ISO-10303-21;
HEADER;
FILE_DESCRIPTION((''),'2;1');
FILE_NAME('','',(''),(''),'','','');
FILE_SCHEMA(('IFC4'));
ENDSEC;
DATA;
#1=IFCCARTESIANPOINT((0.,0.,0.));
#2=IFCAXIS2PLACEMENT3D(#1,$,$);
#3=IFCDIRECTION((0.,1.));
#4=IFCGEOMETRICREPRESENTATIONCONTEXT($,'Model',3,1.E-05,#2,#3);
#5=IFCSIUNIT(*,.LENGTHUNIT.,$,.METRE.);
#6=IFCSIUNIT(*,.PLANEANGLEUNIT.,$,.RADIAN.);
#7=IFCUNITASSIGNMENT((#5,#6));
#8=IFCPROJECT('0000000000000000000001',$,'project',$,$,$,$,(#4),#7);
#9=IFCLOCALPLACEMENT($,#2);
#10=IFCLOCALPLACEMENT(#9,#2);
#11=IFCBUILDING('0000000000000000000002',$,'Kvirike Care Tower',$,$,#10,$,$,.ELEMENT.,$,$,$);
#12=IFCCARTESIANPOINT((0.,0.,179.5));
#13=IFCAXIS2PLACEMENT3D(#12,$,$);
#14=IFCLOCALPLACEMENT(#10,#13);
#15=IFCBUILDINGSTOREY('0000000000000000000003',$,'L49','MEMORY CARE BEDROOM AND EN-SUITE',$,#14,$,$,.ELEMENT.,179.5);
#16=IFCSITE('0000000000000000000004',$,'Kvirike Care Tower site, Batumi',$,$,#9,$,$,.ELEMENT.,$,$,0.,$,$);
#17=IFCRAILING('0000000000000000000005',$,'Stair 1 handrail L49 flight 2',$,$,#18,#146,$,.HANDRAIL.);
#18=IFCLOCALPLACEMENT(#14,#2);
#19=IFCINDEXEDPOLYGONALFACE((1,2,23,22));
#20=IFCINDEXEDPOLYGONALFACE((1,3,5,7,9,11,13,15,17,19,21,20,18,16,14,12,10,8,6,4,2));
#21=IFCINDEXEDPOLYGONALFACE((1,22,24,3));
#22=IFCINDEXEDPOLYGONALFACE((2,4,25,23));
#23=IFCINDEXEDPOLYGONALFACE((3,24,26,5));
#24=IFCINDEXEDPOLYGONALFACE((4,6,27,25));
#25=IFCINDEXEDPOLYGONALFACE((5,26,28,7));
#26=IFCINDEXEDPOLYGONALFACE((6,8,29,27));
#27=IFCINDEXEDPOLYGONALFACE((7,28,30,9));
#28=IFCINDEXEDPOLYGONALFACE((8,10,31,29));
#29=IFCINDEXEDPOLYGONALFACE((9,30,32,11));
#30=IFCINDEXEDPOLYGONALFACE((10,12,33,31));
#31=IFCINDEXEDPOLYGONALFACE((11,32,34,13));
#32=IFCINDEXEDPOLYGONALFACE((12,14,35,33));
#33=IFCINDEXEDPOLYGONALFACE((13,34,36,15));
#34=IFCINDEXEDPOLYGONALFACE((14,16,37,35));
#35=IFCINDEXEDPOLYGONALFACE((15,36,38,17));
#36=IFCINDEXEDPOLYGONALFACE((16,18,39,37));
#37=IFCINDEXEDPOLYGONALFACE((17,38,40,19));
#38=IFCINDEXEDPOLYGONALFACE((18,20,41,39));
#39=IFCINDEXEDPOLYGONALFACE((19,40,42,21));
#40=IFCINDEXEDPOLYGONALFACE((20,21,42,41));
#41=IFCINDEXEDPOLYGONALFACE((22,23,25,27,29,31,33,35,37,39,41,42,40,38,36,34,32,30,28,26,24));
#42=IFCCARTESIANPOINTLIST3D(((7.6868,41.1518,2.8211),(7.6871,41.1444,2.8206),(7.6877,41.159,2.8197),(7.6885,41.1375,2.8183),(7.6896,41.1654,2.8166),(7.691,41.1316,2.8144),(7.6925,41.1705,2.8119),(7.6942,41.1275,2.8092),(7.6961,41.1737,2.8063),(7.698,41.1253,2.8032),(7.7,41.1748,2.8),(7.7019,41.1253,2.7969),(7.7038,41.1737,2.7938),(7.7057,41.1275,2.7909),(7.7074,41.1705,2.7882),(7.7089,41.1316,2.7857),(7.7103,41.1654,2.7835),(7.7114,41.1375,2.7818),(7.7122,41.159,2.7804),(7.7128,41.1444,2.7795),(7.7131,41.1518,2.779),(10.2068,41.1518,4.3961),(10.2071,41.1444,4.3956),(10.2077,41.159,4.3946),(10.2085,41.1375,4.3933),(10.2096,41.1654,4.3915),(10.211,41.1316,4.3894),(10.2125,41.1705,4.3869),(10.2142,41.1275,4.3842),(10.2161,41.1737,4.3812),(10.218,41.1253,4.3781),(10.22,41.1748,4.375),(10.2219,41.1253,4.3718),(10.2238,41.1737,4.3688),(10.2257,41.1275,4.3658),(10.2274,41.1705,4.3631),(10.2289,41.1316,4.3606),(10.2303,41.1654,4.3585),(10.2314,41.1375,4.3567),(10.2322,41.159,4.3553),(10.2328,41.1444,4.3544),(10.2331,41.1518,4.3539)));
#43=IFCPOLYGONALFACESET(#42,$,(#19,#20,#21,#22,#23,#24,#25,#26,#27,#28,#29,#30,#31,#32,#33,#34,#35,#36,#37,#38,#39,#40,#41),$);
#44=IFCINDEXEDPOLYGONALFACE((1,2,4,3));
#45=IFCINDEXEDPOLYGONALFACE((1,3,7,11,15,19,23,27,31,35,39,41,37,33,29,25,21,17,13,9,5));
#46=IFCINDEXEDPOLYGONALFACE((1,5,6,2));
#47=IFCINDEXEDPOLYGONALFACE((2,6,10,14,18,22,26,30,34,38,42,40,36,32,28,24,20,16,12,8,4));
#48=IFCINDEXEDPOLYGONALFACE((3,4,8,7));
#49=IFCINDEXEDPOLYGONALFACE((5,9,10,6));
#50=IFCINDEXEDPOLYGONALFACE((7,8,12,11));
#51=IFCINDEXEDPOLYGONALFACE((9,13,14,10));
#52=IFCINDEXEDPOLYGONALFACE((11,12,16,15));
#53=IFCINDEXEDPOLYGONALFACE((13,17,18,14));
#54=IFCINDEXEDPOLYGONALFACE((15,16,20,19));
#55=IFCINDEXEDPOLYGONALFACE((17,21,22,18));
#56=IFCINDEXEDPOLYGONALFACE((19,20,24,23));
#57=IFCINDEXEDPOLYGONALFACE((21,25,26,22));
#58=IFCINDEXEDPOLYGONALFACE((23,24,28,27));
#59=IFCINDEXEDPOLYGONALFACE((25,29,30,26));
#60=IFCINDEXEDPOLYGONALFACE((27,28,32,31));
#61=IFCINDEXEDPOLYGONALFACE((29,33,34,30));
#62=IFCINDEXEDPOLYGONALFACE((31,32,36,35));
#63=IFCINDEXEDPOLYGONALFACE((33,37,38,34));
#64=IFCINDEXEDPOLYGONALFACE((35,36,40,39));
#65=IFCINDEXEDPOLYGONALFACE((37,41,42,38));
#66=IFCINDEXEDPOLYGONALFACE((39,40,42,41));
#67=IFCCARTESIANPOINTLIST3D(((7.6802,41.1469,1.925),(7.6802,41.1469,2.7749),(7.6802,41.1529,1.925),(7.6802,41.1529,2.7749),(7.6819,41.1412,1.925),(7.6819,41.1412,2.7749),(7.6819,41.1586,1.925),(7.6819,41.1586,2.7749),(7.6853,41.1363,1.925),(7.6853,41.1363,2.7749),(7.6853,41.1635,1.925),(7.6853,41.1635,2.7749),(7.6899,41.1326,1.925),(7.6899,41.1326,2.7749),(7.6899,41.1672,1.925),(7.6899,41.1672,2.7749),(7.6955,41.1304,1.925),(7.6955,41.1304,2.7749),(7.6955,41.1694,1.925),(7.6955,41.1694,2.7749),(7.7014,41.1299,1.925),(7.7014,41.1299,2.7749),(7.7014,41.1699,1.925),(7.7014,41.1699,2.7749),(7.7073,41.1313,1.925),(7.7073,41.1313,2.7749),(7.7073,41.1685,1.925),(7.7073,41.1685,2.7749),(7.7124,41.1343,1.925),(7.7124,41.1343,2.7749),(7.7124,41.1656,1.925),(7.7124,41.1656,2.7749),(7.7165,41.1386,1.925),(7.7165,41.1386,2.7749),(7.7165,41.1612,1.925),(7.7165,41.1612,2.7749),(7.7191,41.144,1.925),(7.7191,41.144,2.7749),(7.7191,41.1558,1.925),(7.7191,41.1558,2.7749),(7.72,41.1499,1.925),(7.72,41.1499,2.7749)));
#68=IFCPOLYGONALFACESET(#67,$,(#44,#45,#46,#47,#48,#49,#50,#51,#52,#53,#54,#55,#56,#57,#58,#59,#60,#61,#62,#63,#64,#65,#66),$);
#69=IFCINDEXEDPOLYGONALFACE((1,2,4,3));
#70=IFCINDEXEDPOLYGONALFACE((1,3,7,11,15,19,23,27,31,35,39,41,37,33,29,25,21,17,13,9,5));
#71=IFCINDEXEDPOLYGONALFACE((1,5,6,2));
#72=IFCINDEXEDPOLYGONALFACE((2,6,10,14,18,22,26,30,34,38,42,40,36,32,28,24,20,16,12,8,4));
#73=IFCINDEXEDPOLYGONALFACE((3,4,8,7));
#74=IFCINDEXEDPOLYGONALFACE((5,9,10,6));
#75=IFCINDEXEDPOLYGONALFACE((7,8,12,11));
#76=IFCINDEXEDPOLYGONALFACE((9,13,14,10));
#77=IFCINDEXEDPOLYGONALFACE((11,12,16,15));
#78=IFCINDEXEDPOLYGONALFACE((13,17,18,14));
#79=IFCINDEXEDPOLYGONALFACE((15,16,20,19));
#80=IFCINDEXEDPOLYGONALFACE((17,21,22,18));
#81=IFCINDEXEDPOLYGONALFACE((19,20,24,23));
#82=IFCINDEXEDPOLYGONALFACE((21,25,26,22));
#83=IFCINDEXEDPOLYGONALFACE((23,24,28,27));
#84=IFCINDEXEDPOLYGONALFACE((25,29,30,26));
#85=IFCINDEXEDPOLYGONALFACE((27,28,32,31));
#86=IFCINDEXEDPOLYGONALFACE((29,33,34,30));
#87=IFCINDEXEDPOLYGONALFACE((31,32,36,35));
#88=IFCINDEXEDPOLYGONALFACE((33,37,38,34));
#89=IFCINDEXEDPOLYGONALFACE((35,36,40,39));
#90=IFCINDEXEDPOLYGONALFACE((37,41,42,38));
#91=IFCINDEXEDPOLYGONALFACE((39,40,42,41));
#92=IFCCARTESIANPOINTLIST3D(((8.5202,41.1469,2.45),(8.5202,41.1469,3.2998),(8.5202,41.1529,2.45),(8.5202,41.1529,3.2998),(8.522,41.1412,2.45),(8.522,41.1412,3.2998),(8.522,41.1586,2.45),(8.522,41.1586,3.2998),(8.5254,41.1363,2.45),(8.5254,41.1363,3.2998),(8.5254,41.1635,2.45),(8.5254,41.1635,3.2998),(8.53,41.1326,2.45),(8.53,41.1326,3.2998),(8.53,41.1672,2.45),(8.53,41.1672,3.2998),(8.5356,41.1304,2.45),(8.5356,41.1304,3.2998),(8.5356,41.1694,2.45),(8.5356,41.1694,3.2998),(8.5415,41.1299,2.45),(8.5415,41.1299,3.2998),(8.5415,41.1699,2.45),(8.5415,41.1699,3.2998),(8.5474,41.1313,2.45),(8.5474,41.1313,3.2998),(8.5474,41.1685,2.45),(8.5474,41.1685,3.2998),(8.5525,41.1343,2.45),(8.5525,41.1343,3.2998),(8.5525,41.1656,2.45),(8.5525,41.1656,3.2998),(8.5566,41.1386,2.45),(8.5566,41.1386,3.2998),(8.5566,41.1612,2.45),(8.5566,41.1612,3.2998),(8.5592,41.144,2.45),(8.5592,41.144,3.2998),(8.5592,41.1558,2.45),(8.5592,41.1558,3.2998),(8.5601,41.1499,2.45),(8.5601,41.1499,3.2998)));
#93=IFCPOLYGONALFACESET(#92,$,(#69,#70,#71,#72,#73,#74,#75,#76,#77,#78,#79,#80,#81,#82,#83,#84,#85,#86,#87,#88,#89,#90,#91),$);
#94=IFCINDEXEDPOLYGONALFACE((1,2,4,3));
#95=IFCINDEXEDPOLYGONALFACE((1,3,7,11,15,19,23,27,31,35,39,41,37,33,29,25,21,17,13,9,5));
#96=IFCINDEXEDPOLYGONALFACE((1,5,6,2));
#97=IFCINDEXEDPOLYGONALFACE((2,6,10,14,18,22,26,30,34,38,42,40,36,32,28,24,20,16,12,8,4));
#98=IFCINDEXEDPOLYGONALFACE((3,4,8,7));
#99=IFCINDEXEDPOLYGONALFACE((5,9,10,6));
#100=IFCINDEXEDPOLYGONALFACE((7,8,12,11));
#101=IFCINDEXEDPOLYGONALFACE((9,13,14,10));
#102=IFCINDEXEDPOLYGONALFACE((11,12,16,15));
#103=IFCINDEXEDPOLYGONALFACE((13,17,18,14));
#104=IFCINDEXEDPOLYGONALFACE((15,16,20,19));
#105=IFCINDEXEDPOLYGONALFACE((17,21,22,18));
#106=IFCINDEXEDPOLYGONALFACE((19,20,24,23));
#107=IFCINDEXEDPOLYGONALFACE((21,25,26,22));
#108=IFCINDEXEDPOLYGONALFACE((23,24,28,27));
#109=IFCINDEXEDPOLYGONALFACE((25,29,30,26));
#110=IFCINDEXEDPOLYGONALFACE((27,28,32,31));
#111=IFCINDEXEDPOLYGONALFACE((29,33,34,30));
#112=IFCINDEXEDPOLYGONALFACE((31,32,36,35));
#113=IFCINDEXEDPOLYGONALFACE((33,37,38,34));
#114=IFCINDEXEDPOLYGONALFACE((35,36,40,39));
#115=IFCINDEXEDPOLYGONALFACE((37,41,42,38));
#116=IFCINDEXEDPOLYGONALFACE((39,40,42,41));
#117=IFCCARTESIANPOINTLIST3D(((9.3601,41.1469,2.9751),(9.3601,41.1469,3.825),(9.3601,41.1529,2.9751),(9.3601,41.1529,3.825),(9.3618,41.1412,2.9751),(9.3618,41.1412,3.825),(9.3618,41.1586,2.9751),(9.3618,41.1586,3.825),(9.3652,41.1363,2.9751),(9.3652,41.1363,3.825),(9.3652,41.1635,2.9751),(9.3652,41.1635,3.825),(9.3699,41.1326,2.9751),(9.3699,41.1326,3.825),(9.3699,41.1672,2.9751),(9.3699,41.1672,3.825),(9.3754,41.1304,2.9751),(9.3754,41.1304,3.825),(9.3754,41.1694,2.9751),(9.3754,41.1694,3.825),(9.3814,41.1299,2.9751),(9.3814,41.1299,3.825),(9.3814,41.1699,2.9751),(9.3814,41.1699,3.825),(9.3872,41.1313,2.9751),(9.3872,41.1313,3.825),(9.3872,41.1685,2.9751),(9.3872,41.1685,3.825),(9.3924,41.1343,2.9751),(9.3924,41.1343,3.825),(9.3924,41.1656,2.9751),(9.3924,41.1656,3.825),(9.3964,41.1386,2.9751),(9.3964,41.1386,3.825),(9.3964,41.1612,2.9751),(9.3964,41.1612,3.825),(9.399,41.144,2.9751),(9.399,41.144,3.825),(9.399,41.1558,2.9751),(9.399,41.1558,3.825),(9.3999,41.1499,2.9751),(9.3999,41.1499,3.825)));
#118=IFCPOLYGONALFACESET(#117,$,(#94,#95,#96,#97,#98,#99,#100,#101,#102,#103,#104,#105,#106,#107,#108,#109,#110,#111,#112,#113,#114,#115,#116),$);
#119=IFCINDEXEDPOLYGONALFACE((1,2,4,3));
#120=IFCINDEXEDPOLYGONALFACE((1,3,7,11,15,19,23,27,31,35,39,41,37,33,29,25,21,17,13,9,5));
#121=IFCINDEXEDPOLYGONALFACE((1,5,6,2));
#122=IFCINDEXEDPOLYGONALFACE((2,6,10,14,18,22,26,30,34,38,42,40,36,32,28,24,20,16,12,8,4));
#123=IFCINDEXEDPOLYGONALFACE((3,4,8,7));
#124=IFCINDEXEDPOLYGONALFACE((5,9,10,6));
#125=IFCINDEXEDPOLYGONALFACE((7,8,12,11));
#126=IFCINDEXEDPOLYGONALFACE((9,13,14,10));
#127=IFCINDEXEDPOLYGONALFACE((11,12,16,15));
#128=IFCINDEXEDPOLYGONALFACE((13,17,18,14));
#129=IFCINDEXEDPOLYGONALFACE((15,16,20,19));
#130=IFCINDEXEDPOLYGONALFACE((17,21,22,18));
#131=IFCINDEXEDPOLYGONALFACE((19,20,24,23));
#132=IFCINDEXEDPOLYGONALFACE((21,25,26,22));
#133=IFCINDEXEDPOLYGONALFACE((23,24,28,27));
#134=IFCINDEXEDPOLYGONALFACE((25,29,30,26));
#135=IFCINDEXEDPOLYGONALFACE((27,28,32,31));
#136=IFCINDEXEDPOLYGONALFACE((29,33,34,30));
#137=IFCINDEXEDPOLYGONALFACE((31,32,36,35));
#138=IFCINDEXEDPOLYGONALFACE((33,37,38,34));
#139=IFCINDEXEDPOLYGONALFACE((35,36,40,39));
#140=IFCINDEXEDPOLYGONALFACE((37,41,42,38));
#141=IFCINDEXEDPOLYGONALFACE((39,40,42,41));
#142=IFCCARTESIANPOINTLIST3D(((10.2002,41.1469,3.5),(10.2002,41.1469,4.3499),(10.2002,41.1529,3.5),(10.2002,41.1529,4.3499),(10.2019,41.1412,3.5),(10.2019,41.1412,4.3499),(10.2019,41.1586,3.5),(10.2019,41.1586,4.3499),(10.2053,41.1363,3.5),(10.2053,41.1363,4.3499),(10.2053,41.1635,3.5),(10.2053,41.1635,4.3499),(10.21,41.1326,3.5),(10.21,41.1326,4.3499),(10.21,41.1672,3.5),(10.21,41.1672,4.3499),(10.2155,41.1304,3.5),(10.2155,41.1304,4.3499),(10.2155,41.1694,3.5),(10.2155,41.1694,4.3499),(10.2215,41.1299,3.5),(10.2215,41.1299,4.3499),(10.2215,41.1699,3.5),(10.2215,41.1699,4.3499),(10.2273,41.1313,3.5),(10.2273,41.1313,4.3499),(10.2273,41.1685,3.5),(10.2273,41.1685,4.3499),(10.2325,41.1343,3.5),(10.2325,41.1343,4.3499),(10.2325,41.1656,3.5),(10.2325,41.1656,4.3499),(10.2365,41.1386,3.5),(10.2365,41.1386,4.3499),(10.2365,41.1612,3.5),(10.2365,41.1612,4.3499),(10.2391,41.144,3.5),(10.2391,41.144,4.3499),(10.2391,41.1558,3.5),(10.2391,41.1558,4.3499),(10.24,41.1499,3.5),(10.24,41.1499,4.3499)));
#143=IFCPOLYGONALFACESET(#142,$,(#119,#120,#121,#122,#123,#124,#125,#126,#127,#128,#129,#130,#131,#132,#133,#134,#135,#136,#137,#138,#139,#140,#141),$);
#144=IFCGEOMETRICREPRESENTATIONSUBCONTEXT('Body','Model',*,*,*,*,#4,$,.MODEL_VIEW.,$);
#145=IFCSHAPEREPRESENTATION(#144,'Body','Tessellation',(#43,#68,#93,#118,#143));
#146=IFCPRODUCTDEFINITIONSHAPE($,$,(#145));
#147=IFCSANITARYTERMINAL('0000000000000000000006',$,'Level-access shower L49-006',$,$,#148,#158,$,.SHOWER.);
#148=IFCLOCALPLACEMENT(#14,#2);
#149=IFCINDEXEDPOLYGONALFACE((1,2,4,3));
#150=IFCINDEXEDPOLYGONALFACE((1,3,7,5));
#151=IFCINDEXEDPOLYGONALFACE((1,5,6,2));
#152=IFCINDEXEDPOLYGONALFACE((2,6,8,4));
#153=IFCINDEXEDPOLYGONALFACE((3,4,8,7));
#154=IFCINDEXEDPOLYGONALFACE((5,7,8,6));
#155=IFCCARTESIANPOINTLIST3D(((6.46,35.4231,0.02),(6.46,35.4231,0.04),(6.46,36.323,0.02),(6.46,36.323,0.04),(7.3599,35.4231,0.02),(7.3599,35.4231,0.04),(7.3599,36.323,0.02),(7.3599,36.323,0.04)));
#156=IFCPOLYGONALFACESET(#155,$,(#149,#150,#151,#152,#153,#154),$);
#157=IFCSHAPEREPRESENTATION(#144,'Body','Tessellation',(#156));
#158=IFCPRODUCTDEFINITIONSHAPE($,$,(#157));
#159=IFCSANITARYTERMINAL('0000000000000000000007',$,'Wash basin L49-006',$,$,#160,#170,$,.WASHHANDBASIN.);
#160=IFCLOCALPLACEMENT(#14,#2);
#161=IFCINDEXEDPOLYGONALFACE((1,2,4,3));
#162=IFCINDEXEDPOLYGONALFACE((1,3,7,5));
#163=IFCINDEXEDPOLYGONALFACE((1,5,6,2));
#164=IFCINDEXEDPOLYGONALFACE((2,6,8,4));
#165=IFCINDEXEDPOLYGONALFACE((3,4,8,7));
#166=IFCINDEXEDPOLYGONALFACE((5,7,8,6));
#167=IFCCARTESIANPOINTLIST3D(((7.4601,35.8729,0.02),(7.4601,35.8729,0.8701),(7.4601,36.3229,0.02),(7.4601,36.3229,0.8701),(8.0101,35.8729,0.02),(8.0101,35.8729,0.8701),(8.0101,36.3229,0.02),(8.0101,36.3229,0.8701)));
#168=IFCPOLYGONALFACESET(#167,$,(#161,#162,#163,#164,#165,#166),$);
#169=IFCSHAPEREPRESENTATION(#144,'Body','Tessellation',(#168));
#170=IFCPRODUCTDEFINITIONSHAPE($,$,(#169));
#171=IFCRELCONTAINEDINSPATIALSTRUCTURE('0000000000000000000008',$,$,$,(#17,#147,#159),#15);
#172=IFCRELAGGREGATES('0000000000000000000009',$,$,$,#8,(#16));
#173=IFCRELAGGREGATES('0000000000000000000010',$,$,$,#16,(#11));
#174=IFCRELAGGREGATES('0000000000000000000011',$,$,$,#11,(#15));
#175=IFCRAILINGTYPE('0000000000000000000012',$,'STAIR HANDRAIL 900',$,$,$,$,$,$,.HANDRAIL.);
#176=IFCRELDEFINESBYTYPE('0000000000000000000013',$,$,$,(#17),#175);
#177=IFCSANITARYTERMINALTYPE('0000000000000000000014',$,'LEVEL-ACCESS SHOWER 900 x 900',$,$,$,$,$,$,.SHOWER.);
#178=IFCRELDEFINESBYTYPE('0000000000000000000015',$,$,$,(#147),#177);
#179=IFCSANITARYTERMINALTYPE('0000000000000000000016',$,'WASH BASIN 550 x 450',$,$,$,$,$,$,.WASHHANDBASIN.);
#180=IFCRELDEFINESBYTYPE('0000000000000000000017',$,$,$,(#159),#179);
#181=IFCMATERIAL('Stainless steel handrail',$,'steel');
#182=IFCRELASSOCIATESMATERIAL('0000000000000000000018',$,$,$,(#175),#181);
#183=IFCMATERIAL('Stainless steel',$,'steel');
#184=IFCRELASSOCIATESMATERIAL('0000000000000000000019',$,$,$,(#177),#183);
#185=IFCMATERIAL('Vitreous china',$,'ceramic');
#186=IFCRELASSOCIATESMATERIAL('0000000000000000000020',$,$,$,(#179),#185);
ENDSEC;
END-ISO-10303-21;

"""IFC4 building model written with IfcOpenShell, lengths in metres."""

from ifc_helpers import new_model, si_unit, direction, frame, origin, origin_2d, place, context, subcontext, project, spatial, rectangle, circle, extrude, material, type_object, element, save


model = new_model("IFC4")

# Units and contexts
model_context = context("Model", 3, precision=1e-05, world=origin(), true_north=direction((0.0, 1.0)))
body_context = subcontext(model_context, "Body", "Model", "MODEL_VIEW")
ifc_project = project(units=[si_unit("LENGTHUNIT", "METRE"), si_unit("PLANEANGLEUNIT", "RADIAN")], contexts=[model_context])

# Site, building, storey
site_placement = place(None, origin())
site = spatial("IfcSite", under=ifc_project, at=site_placement, Name="Kvirike Care Tower site, Batumi", CompositionType="ELEMENT", RefElevation=0.0)
building_placement = place(site_placement, origin())
building = spatial("IfcBuilding", under=site, at=building_placement, Name="Kvirike Care Tower", CompositionType="ELEMENT")
storey_placement = place(building_placement, frame((0.0, 0.0, 179.5)))
storey = spatial("IfcBuildingStorey", under=building, at=storey_placement, Name="L49", Description="MEMORY CARE BEDROOM AND EN-SUITE", CompositionType="ELEMENT", Elevation=179.5)

# Railing
ifc_material_1 = material(Name="Stainless steel handrail", Category="steel")
railing_type = type_object("IfcRailingType", Name="STAIR HANDRAIL 900", PredefinedType="HANDRAIL", material=ifc_material_1)
railing_placement = place(storey_placement, frame((7.7, 41.1499, 1.925)))
element("IfcRailing", 1, at=railing_placement, inside=storey, type_object=railing_type, Name="Stair 1 handrail L49 flight 2", PredefinedType="HANDRAIL", context=body_context, shape_type="SweptSolid", body=[
    extrude(circle(Radius=0.0249, at=origin_2d()), frame((0.0, 0.0, 0.875), z_axis=(0.848008, 0.0, 0.529984), x_axis=(0.0, 1.0, 0.0)), (0.0, 0.0, 1.0), 2.9717),
    extrude(circle(Radius=0.02, at=origin_2d()), origin(), (0.0, 0.0, 1.0), 0.8499),
    extrude(circle(Radius=0.02, at=origin_2d()), frame((0.8401, 0.0, 0.5249)), (0.0, 0.0, 1.0), 0.8499),
    extrude(circle(Radius=0.02, at=origin_2d()), frame((1.6799, 0.0, 1.05)), (0.0, 0.0, 1.0), 0.8499),
    extrude(circle(Radius=0.02, at=origin_2d()), frame((2.52, 0.0, 1.575)), (0.0, 0.0, 1.0), 0.8499),
])

# Sanitary terminals
ifc_material_2 = material(Name="Stainless steel", Category="steel")
sanitary_terminal_type_1 = type_object("IfcSanitaryTerminalType", Name="LEVEL-ACCESS SHOWER 900 x 900", PredefinedType="SHOWER", material=ifc_material_2)
sanitary_terminal_1_placement = place(storey_placement, frame((6.9099, 35.873, 0.02), z_axis=(0.0, 0.0, 1.0), x_axis=(1.0, 0.0, 0.0)))
element("IfcSanitaryTerminal", 2, at=sanitary_terminal_1_placement, inside=storey, type_object=sanitary_terminal_type_1, Name="Level-access shower L49-006", PredefinedType="SHOWER", context=body_context, shape_type="SweptSolid", body=[
    extrude(rectangle(XDim=0.8999, YDim=0.8999, at=origin_2d()), origin(), (0.0, 0.0, 1.0), 0.02),
])
ifc_material_3 = material(Name="Vitreous china", Category="ceramic")
sanitary_terminal_type_2 = type_object("IfcSanitaryTerminalType", Name="WASH BASIN 550 x 450", PredefinedType="WASHHANDBASIN", material=ifc_material_3)
sanitary_terminal_2_placement = place(storey_placement, frame((7.7351, 36.0979, 0.02), z_axis=(0.0, 0.0, 1.0), x_axis=(1.0, 0.0, 0.0)))
element("IfcSanitaryTerminal", 3, at=sanitary_terminal_2_placement, inside=storey, type_object=sanitary_terminal_type_2, Name="Wash basin L49-006", PredefinedType="WASHHANDBASIN", context=body_context, shape_type="SweptSolid", body=[
    extrude(rectangle(XDim=0.55, YDim=0.45, at=origin_2d()), origin(), (0.0, 0.0, 1.0), 0.8501),
])

save(model, "model.ifc")
